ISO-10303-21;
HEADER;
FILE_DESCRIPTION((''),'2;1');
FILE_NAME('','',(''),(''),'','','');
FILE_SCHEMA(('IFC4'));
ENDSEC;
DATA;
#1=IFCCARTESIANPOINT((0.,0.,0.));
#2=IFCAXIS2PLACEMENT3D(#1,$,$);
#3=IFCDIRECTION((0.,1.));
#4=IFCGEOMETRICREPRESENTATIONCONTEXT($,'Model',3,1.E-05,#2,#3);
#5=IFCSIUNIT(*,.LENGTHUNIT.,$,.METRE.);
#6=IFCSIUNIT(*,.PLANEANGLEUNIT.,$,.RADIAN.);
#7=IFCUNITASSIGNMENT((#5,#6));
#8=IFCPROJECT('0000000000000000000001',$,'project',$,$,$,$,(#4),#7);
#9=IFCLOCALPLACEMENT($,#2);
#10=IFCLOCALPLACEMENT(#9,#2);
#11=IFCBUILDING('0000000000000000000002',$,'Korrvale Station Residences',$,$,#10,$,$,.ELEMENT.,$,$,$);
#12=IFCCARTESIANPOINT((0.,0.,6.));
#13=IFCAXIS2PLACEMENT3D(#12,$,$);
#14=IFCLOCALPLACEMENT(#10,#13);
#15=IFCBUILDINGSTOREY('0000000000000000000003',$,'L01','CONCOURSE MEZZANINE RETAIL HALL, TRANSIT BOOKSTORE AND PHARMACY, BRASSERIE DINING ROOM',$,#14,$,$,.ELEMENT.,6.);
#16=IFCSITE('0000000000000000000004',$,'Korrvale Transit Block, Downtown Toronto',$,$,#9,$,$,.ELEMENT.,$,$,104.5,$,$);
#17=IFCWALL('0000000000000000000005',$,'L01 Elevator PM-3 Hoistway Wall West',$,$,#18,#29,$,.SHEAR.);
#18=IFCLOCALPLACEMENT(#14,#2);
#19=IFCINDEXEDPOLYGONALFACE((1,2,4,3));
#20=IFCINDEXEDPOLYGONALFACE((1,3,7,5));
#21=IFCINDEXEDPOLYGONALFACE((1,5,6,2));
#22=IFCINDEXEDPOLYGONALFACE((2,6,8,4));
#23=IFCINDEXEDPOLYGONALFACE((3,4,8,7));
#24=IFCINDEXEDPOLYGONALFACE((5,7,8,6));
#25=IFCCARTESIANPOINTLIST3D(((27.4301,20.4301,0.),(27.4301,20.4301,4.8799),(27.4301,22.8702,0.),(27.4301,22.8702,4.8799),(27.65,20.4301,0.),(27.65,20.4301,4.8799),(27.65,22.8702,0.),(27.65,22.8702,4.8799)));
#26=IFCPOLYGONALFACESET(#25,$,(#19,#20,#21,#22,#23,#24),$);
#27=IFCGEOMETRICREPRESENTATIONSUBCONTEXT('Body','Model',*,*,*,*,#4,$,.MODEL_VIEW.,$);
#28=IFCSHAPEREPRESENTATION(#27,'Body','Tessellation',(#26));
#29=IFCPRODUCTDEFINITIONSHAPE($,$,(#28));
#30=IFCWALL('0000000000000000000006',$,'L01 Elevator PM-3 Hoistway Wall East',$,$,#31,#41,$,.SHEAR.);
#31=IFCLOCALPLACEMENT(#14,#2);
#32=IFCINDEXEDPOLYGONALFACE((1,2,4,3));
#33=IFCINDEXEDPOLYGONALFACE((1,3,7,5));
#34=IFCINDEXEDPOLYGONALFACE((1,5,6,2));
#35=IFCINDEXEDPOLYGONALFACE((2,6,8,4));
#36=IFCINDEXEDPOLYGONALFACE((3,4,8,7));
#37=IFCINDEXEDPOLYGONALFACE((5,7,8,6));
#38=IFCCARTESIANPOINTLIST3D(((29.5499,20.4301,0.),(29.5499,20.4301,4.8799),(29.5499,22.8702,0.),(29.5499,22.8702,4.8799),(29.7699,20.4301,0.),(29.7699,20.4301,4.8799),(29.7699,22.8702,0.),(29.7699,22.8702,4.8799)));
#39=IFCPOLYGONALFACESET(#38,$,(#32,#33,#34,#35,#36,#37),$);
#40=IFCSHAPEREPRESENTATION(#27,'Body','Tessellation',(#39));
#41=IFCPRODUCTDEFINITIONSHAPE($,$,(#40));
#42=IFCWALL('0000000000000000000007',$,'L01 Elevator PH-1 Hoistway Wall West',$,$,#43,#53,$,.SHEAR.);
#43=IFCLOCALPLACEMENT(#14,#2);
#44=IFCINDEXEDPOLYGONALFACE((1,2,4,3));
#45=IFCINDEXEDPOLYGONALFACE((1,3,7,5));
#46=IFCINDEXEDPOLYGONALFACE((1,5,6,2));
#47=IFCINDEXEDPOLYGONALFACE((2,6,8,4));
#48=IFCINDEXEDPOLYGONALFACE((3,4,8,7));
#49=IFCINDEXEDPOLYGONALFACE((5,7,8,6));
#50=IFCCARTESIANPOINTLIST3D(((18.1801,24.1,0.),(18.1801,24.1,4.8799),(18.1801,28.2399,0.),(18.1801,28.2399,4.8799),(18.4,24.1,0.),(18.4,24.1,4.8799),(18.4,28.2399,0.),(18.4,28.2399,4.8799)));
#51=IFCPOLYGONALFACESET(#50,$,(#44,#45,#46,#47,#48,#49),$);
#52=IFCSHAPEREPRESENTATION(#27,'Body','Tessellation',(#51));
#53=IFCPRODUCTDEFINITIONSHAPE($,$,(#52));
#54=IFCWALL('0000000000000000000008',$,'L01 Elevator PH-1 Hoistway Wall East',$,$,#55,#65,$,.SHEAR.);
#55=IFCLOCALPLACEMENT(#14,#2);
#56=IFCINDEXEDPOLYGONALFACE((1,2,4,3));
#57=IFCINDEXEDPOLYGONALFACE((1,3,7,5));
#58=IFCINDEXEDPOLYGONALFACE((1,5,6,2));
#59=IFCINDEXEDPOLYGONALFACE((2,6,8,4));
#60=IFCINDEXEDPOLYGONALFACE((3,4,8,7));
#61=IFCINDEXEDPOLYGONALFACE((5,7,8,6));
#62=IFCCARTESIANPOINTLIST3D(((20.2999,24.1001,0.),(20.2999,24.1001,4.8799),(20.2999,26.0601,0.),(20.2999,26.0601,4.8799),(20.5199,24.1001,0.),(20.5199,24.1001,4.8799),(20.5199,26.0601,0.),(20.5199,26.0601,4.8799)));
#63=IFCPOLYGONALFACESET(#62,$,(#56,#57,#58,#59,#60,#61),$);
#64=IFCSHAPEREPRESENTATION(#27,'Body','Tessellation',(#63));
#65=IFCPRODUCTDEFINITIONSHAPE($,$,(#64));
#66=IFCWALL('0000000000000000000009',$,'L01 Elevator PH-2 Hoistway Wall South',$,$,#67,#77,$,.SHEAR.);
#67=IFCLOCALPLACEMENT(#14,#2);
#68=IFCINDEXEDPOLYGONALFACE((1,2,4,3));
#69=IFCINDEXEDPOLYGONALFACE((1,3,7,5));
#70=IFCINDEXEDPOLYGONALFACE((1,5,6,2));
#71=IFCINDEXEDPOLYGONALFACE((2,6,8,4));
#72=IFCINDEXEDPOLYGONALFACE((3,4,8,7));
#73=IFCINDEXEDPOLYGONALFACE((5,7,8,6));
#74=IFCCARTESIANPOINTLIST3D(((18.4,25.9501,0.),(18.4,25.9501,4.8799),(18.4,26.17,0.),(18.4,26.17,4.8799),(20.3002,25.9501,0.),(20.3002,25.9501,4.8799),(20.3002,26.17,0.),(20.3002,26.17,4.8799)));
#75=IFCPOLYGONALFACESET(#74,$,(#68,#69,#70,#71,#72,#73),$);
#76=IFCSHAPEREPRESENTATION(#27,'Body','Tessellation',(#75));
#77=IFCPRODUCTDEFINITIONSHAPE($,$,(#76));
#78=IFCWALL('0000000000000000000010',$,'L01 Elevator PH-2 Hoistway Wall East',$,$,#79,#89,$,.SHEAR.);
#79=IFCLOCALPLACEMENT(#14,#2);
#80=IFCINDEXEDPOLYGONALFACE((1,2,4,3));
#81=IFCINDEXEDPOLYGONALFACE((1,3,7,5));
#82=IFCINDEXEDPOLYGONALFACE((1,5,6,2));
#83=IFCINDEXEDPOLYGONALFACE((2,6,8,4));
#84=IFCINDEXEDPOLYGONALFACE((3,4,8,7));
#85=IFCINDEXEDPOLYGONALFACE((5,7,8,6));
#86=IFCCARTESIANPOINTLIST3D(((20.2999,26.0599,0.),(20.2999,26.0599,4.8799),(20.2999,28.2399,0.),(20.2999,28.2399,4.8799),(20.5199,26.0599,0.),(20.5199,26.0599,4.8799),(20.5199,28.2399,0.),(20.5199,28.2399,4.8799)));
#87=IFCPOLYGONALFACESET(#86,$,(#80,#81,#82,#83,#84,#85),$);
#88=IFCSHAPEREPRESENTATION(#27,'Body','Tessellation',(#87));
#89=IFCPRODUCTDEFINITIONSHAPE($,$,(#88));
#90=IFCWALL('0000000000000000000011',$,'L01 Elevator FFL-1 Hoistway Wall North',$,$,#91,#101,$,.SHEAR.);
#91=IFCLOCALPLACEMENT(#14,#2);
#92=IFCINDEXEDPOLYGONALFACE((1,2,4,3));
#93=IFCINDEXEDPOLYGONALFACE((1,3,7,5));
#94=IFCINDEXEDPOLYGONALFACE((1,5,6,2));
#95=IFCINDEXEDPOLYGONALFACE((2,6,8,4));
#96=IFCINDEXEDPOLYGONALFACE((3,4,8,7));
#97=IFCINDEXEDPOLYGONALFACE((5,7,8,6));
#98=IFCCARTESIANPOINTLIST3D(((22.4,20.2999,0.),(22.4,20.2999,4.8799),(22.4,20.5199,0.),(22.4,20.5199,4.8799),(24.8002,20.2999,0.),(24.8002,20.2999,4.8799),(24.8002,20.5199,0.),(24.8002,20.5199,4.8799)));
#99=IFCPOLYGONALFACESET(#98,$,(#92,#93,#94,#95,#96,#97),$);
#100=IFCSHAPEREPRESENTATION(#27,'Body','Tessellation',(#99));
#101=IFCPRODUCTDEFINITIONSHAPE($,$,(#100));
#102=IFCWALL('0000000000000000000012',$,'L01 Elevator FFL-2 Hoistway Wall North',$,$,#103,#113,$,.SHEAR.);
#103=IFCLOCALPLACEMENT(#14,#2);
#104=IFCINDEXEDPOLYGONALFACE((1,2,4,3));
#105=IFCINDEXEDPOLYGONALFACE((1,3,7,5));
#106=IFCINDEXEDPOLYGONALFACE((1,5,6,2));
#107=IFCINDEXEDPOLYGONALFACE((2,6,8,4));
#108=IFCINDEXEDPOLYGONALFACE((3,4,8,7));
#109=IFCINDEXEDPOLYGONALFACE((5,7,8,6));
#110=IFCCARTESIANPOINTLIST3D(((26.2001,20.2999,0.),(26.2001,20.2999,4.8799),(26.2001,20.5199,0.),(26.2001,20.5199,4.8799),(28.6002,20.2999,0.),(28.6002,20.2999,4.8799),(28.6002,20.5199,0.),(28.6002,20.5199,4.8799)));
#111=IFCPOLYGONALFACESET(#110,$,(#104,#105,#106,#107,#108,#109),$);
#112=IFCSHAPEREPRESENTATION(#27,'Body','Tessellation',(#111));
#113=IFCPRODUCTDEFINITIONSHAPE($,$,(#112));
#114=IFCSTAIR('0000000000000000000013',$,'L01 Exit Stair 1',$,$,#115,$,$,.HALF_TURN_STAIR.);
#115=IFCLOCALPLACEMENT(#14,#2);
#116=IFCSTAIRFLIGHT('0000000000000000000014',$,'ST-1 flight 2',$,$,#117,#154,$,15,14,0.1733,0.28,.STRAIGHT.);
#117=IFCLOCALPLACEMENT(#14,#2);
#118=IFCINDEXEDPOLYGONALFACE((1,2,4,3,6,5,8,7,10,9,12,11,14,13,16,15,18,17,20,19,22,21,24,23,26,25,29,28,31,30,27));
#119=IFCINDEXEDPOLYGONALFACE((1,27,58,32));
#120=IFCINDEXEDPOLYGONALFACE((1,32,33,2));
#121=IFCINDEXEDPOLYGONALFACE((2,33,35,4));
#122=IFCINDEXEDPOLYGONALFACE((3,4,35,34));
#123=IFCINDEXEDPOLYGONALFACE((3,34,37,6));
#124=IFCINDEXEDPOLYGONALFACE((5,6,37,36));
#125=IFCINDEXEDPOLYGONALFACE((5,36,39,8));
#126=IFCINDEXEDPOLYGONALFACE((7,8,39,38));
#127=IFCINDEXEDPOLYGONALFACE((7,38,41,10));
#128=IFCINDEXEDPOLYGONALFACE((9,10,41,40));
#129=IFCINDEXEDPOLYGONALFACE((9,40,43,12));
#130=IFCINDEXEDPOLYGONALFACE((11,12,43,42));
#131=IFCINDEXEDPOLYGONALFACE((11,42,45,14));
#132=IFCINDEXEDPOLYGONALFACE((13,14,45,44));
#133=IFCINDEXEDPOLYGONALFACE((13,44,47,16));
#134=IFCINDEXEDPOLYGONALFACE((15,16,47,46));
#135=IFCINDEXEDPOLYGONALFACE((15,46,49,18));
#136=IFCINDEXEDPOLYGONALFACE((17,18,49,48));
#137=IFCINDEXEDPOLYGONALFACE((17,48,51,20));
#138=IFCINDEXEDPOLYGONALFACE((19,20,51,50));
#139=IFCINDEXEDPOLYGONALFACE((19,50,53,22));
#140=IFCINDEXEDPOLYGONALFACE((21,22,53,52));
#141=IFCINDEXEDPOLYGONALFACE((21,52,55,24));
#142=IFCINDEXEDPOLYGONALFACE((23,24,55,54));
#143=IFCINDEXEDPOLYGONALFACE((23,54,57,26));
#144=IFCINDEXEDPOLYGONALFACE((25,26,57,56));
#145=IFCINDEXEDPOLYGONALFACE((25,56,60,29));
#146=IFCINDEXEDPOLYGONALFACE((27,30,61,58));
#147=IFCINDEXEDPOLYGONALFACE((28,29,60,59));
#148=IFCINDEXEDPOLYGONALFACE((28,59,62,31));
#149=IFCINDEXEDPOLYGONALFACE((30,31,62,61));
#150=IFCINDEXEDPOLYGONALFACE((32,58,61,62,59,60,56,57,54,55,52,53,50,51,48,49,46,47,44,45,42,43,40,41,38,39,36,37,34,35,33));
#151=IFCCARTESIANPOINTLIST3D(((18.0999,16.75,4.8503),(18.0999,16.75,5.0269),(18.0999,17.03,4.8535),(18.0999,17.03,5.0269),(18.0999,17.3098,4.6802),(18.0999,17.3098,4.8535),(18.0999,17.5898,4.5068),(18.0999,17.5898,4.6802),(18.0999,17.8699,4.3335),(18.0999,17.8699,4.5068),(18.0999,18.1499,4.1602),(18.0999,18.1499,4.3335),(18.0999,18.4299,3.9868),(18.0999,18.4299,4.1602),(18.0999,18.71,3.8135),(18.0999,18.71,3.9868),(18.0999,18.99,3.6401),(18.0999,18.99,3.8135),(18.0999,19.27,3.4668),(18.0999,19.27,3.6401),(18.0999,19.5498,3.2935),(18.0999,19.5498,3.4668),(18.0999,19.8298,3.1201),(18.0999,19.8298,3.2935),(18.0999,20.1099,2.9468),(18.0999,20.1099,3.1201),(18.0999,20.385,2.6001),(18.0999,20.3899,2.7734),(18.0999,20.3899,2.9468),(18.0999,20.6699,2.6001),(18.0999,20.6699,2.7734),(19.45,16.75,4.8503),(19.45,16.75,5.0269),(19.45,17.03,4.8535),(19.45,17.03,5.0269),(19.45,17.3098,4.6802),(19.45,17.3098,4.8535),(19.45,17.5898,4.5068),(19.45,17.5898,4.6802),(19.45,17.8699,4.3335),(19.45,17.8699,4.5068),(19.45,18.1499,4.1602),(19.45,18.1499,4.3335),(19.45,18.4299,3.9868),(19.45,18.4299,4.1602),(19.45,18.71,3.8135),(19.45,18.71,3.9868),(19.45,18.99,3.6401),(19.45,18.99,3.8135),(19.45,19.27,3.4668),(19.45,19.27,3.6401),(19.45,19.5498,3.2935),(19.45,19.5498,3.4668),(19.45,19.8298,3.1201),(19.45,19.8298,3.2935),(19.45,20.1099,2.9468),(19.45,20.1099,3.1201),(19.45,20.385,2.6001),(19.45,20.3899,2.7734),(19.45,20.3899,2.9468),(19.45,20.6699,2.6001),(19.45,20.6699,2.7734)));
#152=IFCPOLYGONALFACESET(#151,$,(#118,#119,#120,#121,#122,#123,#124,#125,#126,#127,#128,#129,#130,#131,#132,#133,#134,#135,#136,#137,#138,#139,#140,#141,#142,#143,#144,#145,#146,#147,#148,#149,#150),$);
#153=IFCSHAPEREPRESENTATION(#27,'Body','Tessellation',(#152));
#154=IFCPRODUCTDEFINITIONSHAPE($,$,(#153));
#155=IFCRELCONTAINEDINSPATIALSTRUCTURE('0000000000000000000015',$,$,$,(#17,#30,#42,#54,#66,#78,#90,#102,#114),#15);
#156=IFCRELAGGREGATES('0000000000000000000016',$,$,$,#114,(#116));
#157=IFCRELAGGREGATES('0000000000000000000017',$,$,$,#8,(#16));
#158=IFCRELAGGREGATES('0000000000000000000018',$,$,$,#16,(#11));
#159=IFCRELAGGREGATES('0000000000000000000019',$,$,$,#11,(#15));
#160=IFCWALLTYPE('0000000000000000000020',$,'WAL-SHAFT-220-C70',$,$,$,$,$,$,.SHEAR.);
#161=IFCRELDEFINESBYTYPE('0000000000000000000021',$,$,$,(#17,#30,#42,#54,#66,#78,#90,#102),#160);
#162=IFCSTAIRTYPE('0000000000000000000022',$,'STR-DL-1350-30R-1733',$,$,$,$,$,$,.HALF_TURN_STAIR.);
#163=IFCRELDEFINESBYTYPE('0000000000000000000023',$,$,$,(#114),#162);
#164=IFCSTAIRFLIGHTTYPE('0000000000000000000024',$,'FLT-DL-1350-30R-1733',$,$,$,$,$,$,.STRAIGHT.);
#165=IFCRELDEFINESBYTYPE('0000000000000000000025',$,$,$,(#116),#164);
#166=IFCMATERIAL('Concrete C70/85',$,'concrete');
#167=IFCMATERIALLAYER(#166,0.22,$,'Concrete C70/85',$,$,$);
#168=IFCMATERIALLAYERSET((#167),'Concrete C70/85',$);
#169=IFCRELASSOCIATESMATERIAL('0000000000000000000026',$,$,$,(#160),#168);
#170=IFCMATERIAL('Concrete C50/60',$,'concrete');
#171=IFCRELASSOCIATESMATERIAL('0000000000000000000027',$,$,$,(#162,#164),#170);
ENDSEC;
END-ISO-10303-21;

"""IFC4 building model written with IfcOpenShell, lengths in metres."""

from ifc_helpers import new_model, si_unit, direction, frame, frame_2d, origin, place, context, subcontext, project, spatial, polyline, rectangle, outline, extrude, material, layer, layer_set, type_object, element, aggregate, save


model = new_model("IFC4")

# Units and contexts
model_context = context("Model", 3, precision=1e-05, world=origin(), true_north=direction((0.0, 1.0)))
body_context = subcontext(model_context, "Body", "Model", "MODEL_VIEW")
ifc_project = project(units=[si_unit("LENGTHUNIT", "METRE"), si_unit("PLANEANGLEUNIT", "RADIAN")], contexts=[model_context])

# Site, building, storey
site_placement = place(None, origin())
site = spatial("IfcSite", under=ifc_project, at=site_placement, Name="Korrvale Transit Block, Downtown Toronto", CompositionType="ELEMENT", RefElevation=104.5)
building_placement = place(site_placement, origin())
building = spatial("IfcBuilding", under=site, at=building_placement, Name="Korrvale Station Residences", CompositionType="ELEMENT")
storey_placement = place(building_placement, frame((0.0, 0.0, 6.0)))
storey = spatial("IfcBuildingStorey", under=building, at=storey_placement, Name="L01", Description="CONCOURSE MEZZANINE RETAIL HALL, TRANSIT BOOKSTORE AND PHARMACY, BRASSERIE DINING ROOM", CompositionType="ELEMENT", Elevation=6.0)

# Shared definitions
ifc_material_1 = material(Name="Concrete C70/85", Category="concrete")

# Walls
ifc_layer_1 = layer(ifc_material_1, 0.22, Name="Concrete C70/85")
ifc_layer_set_1 = layer_set([ifc_layer_1], Name="Concrete C70/85")
wall_type_1 = type_object("IfcWallType", Name="WAL-SHAFT-220-C70", PredefinedType="SHEAR", material=ifc_layer_set_1)
for number, where, z_axis, x_axis, name in (
    (1, (27.54, 20.4299, 0.0), (0.0, 0.0, 1.0), (0.0, 1.0, 0.0), "L01 Elevator PM-3 Hoistway Wall West"),
    (2, (29.6599, 20.4299, 0.0), (0.0, 0.0, 1.0), (0.0, 1.0, 0.0), "L01 Elevator PM-3 Hoistway Wall East"),
):
    element("IfcWall", number, at=place(storey_placement, frame(where, z_axis=z_axis, x_axis=x_axis)), inside=storey, type_object=wall_type_1, Name=name, PredefinedType="SHEAR", context=body_context, shape_type="SweptSolid", body=[
        extrude(rectangle(XDim=2.4402, YDim=0.22, at=frame_2d((1.2202, 0.0))), origin(), (0.0, 0.0, 1.0), 4.8799),
    ])
wall_1_placement = place(storey_placement, frame((18.29, 24.1001, 0.0), z_axis=(0.0, 0.0, 1.0), x_axis=(0.0, 1.0, 0.0)))
element("IfcWall", 3, at=wall_1_placement, inside=storey, type_object=wall_type_1, Name="L01 Elevator PH-1 Hoistway Wall West", PredefinedType="SHEAR", context=body_context, shape_type="SweptSolid", body=[
    extrude(rectangle(XDim=4.1399, YDim=0.22, at=frame_2d((2.0698, 0.0))), origin(), (0.0, 0.0, 1.0), 4.8799),
])
wall_2_placement = place(storey_placement, frame((20.4099, 24.1001, 0.0), z_axis=(0.0, 0.0, 1.0), x_axis=(0.0, 1.0, 0.0)))
element("IfcWall", 4, at=wall_2_placement, inside=storey, type_object=wall_type_1, Name="L01 Elevator PH-1 Hoistway Wall East", PredefinedType="SHEAR", context=body_context, shape_type="SweptSolid", body=[
    extrude(rectangle(XDim=1.96, YDim=0.22, at=frame_2d((0.98, 0.0))), origin(), (0.0, 0.0, 1.0), 4.8799),
])
wall_3_placement = place(storey_placement, frame((18.3999, 26.0601, 0.0), z_axis=(0.0, 0.0, 1.0), x_axis=(1.0, 0.0, 0.0)))
element("IfcWall", 5, at=wall_3_placement, inside=storey, type_object=wall_type_1, Name="L01 Elevator PH-2 Hoistway Wall South", PredefinedType="SHEAR", context=body_context, shape_type="SweptSolid", body=[
    extrude(rectangle(XDim=1.9001, YDim=0.22, at=frame_2d((0.9502, 0.0))), origin(), (0.0, 0.0, 1.0), 4.8799),
])
wall_4_placement = place(storey_placement, frame((20.4099, 26.0601, 0.0), z_axis=(0.0, 0.0, 1.0), x_axis=(0.0, 1.0, 0.0)))
element("IfcWall", 6, at=wall_4_placement, inside=storey, type_object=wall_type_1, Name="L01 Elevator PH-2 Hoistway Wall East", PredefinedType="SHEAR", context=body_context, shape_type="SweptSolid", body=[
    extrude(rectangle(XDim=2.1799, YDim=0.22, at=frame_2d((1.0898, 0.0))), origin(), (0.0, 0.0, 1.0), 4.8799),
])
for number, where, z_axis, x_axis, name in (
    (7, (22.3999, 20.4099, 0.0), (0.0, 0.0, 1.0), (1.0, 0.0, 0.0), "L01 Elevator FFL-1 Hoistway Wall North"),
    (8, (26.2, 20.4099, 0.0), (0.0, 0.0, 1.0), (1.0, 0.0, 0.0), "L01 Elevator FFL-2 Hoistway Wall North"),
):
    element("IfcWall", number, at=place(storey_placement, frame(where, z_axis=z_axis, x_axis=x_axis)), inside=storey, type_object=wall_type_1, Name=name, PredefinedType="SHEAR", context=body_context, shape_type="SweptSolid", body=[
        extrude(rectangle(XDim=2.4001, YDim=0.22, at=frame_2d((1.2002, 0.0))), origin(), (0.0, 0.0, 1.0), 4.8799),
    ])

# Stair, stair flight
ifc_material_2 = material(Name="Concrete C50/60", Category="concrete")
stair_type = type_object("IfcStairType", Name="STR-DL-1350-30R-1733", PredefinedType="HALF_TURN_STAIR", material=ifc_material_2)
stair_placement = place(storey_placement, origin())
stair = element("IfcStair", 9, at=stair_placement, inside=storey, type_object=stair_type, Name="L01 Exit Stair 1", PredefinedType="HALF_TURN_STAIR")
stair_flight_type = type_object("IfcStairFlightType", Name="FLT-DL-1350-30R-1733", PredefinedType="STRAIGHT", material=ifc_material_2)
stair_flight_placement = place(storey_placement, frame((18.7749, 20.6699, 2.6001), z_axis=(0.0, 0.0, 1.0), x_axis=(0.0, -1.0, 0.0)))
stair_flight = element("IfcStairFlight", 10, at=stair_flight_placement, type_object=stair_flight_type, Name="ST-1 flight 2", NumberOfRisers=15, NumberOfTreads=14, PredefinedType="STRAIGHT", RiserHeight=0.1733, TreadLength=0.28, context=body_context, shape_type="SweptSolid", body=[
    extrude(outline(polyline([(0.0, 0.0), (0.0, 0.1733), (0.28, 0.1733), (0.28, 0.3467), (0.5601, 0.3467), (0.5601, 0.52), (0.8401, 0.52), (0.8401, 0.6934), (1.1201, 0.6934), (1.1201, 0.8667), (1.3999, 0.8667), (1.3999, 1.04), (1.6799, 1.04), (1.6799, 1.2134), (1.96, 1.2134), (1.96, 1.3867), (2.24, 1.3867), (2.24, 1.5601), (2.52, 1.5601), (2.52, 1.7334), (2.8, 1.7334), (2.8, 1.9067), (3.0801, 1.9067), (3.0801, 2.0801), (3.3601, 2.0801), (3.3601, 2.2534), (3.6399, 2.2534), (3.6399, 2.4268), (3.9199, 2.4268), (3.9199, 2.6001), (3.9199, 2.2502), (0.2849, 0.0), (0.0, 0.0)])), frame((0.0, 0.675, 0.0), z_axis=(0.0, -1.0, 0.0), x_axis=(1.0, 0.0, 0.0)), (0.0, 0.0, 1.0), 1.3501),
])
aggregate(stair, [stair_flight])

save(model, "model.ifc")
